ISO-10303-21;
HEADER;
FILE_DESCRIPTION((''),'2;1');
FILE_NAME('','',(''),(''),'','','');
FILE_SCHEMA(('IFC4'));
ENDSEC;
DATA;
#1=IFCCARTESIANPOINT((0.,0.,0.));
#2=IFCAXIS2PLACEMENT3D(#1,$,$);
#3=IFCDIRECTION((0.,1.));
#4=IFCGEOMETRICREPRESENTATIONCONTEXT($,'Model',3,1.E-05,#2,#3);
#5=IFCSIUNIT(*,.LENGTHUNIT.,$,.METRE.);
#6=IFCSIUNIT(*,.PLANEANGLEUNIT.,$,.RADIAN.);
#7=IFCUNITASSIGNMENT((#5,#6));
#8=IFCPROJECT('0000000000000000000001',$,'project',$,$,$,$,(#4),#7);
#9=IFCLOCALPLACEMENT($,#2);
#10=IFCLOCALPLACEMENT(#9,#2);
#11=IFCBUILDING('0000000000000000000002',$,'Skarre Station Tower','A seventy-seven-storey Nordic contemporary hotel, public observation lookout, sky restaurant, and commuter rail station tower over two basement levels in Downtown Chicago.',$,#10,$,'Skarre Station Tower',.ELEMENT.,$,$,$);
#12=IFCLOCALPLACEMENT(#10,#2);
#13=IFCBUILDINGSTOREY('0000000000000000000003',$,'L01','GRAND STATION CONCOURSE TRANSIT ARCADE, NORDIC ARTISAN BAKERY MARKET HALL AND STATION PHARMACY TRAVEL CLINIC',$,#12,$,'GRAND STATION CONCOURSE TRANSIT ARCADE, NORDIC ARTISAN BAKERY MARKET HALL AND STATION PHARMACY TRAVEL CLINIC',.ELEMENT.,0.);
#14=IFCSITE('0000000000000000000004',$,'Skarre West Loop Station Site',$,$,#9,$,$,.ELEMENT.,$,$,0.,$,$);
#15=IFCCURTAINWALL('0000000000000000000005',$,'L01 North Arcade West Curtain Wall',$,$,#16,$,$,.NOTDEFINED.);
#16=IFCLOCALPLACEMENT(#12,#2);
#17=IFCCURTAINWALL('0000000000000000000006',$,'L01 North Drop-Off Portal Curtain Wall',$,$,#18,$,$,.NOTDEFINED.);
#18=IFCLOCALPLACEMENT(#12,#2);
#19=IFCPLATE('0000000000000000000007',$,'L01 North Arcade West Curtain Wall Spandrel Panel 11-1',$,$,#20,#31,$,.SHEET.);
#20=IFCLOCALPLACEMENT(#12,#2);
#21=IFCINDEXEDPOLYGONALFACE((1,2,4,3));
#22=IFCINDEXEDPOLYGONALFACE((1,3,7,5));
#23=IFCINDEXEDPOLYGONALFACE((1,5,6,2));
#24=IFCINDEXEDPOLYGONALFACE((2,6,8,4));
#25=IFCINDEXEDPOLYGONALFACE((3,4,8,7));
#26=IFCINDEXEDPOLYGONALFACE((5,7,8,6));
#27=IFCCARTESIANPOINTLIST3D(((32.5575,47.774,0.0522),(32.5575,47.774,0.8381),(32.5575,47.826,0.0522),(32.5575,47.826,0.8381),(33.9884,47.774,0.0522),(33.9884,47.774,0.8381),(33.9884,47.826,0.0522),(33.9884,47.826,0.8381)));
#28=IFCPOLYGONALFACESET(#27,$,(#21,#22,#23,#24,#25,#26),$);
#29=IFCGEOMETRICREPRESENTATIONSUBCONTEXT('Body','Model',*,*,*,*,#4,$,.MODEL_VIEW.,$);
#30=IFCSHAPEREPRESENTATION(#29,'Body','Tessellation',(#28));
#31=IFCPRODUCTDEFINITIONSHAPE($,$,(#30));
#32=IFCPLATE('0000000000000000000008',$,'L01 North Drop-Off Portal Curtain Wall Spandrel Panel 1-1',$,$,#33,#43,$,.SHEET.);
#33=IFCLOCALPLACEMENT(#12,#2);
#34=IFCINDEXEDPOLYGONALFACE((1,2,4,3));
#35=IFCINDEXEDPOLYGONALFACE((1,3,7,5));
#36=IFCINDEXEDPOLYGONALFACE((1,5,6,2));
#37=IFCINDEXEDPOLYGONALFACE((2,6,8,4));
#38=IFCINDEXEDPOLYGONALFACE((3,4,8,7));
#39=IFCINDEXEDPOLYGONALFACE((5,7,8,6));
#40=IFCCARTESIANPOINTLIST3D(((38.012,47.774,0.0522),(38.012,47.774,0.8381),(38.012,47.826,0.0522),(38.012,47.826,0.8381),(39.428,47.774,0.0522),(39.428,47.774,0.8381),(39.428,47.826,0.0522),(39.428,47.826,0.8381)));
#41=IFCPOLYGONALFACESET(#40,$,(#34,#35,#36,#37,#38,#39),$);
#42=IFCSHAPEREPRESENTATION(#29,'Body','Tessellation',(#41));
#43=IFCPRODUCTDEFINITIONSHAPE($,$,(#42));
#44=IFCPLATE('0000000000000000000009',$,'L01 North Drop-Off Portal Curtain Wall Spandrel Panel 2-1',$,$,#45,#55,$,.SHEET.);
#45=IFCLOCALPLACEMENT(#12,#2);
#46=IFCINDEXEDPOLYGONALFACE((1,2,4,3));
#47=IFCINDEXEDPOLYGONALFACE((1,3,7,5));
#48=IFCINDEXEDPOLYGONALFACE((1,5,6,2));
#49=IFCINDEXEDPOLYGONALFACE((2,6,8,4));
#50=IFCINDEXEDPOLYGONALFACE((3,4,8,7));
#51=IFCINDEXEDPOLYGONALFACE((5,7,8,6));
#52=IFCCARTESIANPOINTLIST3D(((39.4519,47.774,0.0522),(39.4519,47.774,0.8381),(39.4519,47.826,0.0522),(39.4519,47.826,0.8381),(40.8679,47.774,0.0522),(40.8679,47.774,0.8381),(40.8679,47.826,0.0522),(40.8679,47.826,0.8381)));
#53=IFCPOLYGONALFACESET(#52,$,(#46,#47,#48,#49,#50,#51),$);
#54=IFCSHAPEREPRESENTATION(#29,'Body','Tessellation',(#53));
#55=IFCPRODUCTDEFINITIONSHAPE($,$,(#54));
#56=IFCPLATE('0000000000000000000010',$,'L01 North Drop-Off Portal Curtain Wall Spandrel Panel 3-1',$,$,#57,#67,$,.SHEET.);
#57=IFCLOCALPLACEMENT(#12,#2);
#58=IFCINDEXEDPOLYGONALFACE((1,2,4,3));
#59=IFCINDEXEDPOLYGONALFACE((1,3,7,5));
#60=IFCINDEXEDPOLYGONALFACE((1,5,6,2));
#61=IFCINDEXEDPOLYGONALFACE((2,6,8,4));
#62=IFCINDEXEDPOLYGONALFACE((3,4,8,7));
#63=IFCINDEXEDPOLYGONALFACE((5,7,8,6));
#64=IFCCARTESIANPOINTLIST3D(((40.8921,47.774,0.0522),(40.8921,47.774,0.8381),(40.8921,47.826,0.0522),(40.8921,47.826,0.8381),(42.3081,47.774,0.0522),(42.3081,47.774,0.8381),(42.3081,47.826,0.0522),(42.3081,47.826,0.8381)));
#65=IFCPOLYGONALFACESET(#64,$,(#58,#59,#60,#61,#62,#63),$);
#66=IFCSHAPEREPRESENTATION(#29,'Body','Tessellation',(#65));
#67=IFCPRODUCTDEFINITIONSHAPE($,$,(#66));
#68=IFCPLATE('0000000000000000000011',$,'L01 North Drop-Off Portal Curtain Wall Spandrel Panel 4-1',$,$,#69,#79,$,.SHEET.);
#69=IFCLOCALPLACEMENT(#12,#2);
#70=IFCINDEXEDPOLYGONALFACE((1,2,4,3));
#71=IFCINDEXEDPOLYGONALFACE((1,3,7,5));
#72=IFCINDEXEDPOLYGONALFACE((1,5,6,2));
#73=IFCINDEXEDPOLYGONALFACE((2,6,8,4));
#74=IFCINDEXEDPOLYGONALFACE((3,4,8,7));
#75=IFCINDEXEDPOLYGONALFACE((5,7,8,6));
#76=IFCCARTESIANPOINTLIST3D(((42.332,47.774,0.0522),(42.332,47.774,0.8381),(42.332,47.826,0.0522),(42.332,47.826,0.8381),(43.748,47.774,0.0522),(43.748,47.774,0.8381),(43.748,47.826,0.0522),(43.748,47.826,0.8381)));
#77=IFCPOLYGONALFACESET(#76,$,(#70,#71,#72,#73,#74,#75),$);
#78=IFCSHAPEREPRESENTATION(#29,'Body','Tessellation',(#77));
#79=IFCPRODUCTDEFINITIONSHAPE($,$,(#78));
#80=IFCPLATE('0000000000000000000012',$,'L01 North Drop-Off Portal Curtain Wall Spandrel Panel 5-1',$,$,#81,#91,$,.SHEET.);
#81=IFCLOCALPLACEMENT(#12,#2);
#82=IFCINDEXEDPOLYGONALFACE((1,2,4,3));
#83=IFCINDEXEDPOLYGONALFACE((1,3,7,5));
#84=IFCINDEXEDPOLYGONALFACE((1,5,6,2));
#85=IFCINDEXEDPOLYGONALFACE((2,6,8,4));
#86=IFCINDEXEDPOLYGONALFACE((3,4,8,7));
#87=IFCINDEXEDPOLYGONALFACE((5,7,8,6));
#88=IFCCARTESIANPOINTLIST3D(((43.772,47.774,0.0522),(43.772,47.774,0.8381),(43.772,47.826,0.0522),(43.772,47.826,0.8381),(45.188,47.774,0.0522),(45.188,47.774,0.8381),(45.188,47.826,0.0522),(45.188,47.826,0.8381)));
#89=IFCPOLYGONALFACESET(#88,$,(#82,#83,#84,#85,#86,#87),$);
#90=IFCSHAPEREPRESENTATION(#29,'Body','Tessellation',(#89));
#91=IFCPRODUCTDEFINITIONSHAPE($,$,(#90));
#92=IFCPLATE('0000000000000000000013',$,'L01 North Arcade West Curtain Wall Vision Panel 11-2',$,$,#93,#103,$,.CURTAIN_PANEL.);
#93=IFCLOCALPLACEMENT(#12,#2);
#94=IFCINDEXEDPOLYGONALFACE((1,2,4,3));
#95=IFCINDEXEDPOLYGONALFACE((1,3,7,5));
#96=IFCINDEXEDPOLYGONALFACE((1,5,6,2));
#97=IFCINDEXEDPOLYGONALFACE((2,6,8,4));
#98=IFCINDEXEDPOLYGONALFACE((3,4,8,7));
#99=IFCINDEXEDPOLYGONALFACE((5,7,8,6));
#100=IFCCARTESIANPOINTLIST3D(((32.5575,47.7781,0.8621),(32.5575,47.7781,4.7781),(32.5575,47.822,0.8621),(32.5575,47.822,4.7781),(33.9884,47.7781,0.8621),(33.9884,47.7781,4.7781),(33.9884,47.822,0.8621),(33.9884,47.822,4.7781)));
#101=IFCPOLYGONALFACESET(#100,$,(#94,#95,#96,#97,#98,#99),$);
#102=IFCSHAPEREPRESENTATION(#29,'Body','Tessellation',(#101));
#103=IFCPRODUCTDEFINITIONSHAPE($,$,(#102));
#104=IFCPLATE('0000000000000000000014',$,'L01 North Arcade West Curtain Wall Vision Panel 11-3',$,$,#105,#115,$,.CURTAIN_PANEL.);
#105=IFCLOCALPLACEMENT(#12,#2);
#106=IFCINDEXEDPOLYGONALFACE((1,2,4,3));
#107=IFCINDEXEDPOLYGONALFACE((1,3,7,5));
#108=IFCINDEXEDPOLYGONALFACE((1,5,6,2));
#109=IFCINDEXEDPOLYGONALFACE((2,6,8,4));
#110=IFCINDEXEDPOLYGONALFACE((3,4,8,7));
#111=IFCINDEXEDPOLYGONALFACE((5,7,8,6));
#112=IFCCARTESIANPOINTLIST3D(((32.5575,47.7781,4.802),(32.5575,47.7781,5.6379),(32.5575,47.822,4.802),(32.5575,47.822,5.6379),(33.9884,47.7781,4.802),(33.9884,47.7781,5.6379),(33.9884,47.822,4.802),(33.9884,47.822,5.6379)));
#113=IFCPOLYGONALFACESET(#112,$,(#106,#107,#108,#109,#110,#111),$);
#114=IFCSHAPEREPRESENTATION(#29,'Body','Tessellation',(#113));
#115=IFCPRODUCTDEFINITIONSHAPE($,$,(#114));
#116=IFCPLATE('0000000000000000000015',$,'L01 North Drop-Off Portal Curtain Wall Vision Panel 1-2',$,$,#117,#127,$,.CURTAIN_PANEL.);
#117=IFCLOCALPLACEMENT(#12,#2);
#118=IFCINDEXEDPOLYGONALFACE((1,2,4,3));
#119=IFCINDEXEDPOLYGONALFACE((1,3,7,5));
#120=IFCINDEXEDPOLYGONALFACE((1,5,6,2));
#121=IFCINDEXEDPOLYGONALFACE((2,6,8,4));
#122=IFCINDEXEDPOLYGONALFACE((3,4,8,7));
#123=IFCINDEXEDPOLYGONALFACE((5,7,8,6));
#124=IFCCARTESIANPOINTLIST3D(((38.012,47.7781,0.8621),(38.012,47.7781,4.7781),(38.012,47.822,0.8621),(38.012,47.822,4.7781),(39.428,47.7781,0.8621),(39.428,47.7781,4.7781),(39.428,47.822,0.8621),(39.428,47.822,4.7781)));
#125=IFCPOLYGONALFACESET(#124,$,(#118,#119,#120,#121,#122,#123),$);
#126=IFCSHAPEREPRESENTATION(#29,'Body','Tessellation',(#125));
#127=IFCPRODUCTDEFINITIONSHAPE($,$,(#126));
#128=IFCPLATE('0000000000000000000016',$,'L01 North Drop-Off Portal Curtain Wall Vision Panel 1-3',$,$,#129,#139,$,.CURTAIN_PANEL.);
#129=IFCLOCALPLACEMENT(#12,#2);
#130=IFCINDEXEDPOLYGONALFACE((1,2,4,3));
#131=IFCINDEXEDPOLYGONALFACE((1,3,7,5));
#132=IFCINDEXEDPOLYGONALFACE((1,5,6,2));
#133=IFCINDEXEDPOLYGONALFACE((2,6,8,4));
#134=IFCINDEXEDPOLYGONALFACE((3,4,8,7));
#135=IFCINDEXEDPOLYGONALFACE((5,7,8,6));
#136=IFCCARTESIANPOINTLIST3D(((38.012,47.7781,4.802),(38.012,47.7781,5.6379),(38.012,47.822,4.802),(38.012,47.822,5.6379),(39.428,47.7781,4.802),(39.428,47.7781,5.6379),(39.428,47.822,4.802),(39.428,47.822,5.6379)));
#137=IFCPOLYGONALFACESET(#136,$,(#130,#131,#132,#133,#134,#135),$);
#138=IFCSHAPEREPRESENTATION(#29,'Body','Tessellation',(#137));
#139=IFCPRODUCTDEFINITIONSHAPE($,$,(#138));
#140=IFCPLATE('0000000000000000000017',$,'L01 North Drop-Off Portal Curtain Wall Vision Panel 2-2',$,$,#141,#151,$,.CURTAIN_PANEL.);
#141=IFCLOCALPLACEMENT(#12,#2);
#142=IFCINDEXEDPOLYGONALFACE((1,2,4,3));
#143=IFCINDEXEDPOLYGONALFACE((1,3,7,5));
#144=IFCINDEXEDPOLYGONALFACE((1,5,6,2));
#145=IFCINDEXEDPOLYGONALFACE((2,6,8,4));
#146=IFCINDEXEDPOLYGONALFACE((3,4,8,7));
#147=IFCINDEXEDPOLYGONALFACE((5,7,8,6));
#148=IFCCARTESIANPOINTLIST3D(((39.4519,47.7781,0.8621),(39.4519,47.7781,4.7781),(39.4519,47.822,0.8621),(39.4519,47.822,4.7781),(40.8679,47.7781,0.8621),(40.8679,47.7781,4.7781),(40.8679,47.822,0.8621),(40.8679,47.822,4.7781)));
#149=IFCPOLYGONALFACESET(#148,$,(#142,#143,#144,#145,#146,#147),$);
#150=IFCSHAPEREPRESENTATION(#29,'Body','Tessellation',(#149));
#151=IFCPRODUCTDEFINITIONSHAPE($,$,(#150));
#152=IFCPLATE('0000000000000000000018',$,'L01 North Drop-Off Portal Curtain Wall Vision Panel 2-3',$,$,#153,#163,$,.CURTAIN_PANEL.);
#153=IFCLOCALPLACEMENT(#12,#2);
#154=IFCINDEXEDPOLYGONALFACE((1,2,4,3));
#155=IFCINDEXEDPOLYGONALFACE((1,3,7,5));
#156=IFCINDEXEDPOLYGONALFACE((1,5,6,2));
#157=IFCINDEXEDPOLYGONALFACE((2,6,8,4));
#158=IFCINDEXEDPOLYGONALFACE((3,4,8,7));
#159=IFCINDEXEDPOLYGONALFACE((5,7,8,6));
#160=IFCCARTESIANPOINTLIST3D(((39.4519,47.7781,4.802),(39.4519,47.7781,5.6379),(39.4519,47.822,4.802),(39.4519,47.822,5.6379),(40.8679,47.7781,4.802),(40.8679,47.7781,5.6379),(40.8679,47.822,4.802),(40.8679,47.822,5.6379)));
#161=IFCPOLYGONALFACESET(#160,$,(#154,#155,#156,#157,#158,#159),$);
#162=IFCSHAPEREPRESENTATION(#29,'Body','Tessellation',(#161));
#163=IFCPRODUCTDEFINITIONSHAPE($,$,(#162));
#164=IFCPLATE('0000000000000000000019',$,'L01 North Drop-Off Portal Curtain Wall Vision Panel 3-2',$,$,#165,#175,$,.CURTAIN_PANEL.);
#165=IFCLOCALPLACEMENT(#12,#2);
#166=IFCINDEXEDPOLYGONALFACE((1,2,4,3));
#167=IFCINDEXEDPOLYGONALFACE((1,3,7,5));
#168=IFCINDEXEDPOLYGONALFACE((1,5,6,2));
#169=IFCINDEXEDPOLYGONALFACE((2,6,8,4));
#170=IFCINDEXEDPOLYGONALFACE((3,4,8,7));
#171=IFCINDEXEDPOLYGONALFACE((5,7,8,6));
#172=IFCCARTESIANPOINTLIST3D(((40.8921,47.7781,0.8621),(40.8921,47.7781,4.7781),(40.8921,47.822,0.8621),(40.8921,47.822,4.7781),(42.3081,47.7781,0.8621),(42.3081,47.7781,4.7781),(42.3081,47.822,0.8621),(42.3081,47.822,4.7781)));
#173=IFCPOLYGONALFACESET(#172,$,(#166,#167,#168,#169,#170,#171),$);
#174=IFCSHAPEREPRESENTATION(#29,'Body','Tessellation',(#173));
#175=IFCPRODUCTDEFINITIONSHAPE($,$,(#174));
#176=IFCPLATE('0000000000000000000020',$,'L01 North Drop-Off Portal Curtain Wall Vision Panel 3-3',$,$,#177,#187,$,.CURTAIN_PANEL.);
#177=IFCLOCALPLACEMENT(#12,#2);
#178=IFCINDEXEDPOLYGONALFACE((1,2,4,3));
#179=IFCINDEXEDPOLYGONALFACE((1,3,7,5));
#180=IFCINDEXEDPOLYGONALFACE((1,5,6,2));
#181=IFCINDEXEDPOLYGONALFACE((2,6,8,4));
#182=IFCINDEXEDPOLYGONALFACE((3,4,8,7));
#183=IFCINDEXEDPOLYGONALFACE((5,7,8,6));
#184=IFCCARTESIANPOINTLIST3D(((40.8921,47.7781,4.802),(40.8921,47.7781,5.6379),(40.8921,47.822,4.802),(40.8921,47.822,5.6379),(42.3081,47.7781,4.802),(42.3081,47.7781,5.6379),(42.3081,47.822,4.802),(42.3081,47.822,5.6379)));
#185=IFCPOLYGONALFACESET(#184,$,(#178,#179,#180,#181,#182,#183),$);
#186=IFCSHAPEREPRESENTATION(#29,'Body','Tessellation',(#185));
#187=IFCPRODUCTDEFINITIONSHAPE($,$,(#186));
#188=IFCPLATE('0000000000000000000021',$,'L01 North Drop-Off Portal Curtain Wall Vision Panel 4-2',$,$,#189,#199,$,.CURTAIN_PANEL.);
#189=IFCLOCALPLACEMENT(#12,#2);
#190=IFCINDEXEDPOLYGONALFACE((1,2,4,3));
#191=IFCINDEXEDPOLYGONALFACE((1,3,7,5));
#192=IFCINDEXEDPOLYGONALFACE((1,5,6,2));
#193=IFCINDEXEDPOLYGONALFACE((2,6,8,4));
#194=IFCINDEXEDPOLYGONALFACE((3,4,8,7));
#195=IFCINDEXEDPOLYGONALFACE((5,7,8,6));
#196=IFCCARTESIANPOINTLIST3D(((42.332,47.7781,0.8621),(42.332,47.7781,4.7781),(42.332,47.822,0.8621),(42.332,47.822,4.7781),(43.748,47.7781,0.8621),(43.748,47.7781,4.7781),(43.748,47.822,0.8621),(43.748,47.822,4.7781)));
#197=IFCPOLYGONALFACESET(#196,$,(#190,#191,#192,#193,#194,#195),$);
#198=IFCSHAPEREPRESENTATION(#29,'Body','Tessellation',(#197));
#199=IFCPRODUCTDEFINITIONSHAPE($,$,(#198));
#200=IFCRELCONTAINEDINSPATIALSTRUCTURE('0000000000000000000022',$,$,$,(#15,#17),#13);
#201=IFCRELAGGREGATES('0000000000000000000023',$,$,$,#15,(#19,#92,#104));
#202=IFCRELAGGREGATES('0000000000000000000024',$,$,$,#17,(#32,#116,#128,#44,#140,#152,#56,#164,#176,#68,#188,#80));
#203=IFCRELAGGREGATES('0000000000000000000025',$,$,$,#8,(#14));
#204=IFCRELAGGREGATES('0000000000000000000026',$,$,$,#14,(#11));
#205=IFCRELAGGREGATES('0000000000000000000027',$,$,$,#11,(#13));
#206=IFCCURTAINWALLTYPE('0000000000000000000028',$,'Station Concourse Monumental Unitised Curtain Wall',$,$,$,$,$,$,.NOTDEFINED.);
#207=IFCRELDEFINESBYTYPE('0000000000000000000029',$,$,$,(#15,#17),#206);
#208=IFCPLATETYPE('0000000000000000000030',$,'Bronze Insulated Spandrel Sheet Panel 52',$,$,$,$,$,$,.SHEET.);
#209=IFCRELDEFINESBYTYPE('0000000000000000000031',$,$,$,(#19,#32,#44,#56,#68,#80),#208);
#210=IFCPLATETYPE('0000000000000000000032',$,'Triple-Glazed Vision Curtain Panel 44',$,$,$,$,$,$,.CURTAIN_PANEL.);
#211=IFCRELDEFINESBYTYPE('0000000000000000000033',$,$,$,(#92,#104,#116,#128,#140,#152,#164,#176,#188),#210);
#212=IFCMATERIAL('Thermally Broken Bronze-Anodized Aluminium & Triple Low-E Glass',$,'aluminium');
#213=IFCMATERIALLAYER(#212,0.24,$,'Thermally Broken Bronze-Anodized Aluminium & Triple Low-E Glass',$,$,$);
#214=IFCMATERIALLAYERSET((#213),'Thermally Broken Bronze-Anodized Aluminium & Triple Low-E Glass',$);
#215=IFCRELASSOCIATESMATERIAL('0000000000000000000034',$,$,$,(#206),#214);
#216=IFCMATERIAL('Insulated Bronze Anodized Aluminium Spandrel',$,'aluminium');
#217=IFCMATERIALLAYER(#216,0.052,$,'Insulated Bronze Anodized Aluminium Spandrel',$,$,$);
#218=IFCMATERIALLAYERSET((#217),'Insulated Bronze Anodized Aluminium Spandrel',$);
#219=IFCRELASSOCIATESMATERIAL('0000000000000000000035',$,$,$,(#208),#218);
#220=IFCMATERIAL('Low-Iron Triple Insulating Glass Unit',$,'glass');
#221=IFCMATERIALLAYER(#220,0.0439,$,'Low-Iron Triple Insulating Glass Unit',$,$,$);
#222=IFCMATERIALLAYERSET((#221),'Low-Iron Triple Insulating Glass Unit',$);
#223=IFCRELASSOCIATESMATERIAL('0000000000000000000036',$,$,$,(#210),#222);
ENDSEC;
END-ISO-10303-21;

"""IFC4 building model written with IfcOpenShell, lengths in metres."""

from ifc_helpers import new_model, si_unit, direction, frame, origin, origin_2d, place, context, subcontext, project, spatial, rectangle, extrude, material, layer, layer_set, type_object, element, aggregate, save


model = new_model("IFC4")

# Units and contexts
model_context = context("Model", 3, precision=1e-05, world=origin(), true_north=direction((0.0, 1.0)))
body_context = subcontext(model_context, "Body", "Model", "MODEL_VIEW")
ifc_project = project(units=[si_unit("LENGTHUNIT", "METRE"), si_unit("PLANEANGLEUNIT", "RADIAN")], contexts=[model_context])

# Site, building, storey
site_placement = place(None, origin())
site = spatial("IfcSite", under=ifc_project, at=site_placement, Name="Skarre West Loop Station Site", CompositionType="ELEMENT", RefElevation=0.0)
building_placement = place(site_placement, origin())
building = spatial("IfcBuilding", under=site, at=building_placement, Name="Skarre Station Tower", Description="A seventy-seven-storey Nordic contemporary hotel, public observation lookout, sky restaurant, and commuter rail station tower over two basement levels in Downtown Chicago.", LongName="Skarre Station Tower", CompositionType="ELEMENT")
storey_placement = place(building_placement, origin())
storey = spatial("IfcBuildingStorey", under=building, at=storey_placement, Name="L01", Description="GRAND STATION CONCOURSE TRANSIT ARCADE, NORDIC ARTISAN BAKERY MARKET HALL AND STATION PHARMACY TRAVEL CLINIC", LongName="GRAND STATION CONCOURSE TRANSIT ARCADE, NORDIC ARTISAN BAKERY MARKET HALL AND STATION PHARMACY TRAVEL CLINIC", CompositionType="ELEMENT", Elevation=0.0)

# Curtain walls
ifc_material_1 = material(Name="Thermally Broken Bronze-Anodized Aluminium & Triple Low-E Glass", Category="aluminium")
ifc_layer_1 = layer(ifc_material_1, 0.24, Name="Thermally Broken Bronze-Anodized Aluminium & Triple Low-E Glass")
ifc_layer_set_1 = layer_set([ifc_layer_1], Name="Thermally Broken Bronze-Anodized Aluminium & Triple Low-E Glass")
curtain_wall_type = type_object("IfcCurtainWallType", Name="Station Concourse Monumental Unitised Curtain Wall", PredefinedType="NOTDEFINED", material=ifc_layer_set_1)
curtain_wall_1_placement = place(storey_placement, origin())
curtain_wall_1 = element("IfcCurtainWall", 1, at=curtain_wall_1_placement, inside=storey, type_object=curtain_wall_type, Name="L01 North Arcade West Curtain Wall", PredefinedType="NOTDEFINED")
curtain_wall_2_placement = place(storey_placement, origin())
curtain_wall_2 = element("IfcCurtainWall", 2, at=curtain_wall_2_placement, inside=storey, type_object=curtain_wall_type, Name="L01 North Drop-Off Portal Curtain Wall", PredefinedType="NOTDEFINED")

# Plates
ifc_material_2 = material(Name="Insulated Bronze Anodized Aluminium Spandrel", Category="aluminium")
ifc_layer_2 = layer(ifc_material_2, 0.052, Name="Insulated Bronze Anodized Aluminium Spandrel")
ifc_layer_set_2 = layer_set([ifc_layer_2], Name="Insulated Bronze Anodized Aluminium Spandrel")
plate_type_1 = type_object("IfcPlateType", Name="Bronze Insulated Spandrel Sheet Panel 52", PredefinedType="SHEET", material=ifc_layer_set_2)
plate_1_placement = place(storey_placement, frame((33.2729, 47.8, 0.0522), z_axis=(0.0, 0.0, 1.0), x_axis=(1.0, 0.0, 0.0)))
plate_1 = element("IfcPlate", 3, at=plate_1_placement, type_object=plate_type_1, Name="L01 North Arcade West Curtain Wall Spandrel Panel 11-1", PredefinedType="SHEET", context=body_context, shape_type="SweptSolid", body=[
    extrude(rectangle(XDim=1.4309, YDim=0.052, at=origin_2d()), origin(), (0.0, 0.0, 1.0), 0.7859),
])
plate_2_placement = place(storey_placement, frame((38.72, 47.8, 0.0522), z_axis=(0.0, 0.0, 1.0), x_axis=(1.0, 0.0, 0.0)))
plate_2 = element("IfcPlate", 4, at=plate_2_placement, type_object=plate_type_1, Name="L01 North Drop-Off Portal Curtain Wall Spandrel Panel 1-1", PredefinedType="SHEET", context=body_context, shape_type="SweptSolid", body=[
    extrude(rectangle(XDim=1.416, YDim=0.052, at=origin_2d()), origin(), (0.0, 0.0, 1.0), 0.7859),
])
plate_3_placement = place(storey_placement, frame((40.1599, 47.8, 0.0522), z_axis=(0.0, 0.0, 1.0), x_axis=(1.0, 0.0, 0.0)))
plate_3 = element("IfcPlate", 5, at=plate_3_placement, type_object=plate_type_1, Name="L01 North Drop-Off Portal Curtain Wall Spandrel Panel 2-1", PredefinedType="SHEET", context=body_context, shape_type="SweptSolid", body=[
    extrude(rectangle(XDim=1.416, YDim=0.052, at=origin_2d()), origin(), (0.0, 0.0, 1.0), 0.7859),
])
plate_4_placement = place(storey_placement, frame((41.6001, 47.8, 0.0522), z_axis=(0.0, 0.0, 1.0), x_axis=(1.0, 0.0, 0.0)))
plate_4 = element("IfcPlate", 6, at=plate_4_placement, type_object=plate_type_1, Name="L01 North Drop-Off Portal Curtain Wall Spandrel Panel 3-1", PredefinedType="SHEET", context=body_context, shape_type="SweptSolid", body=[
    extrude(rectangle(XDim=1.416, YDim=0.052, at=origin_2d()), origin(), (0.0, 0.0, 1.0), 0.7859),
])
plate_5_placement = place(storey_placement, frame((43.04, 47.8, 0.0522), z_axis=(0.0, 0.0, 1.0), x_axis=(1.0, 0.0, 0.0)))
plate_5 = element("IfcPlate", 7, at=plate_5_placement, type_object=plate_type_1, Name="L01 North Drop-Off Portal Curtain Wall Spandrel Panel 4-1", PredefinedType="SHEET", context=body_context, shape_type="SweptSolid", body=[
    extrude(rectangle(XDim=1.416, YDim=0.052, at=origin_2d()), origin(), (0.0, 0.0, 1.0), 0.7859),
])
plate_6_placement = place(storey_placement, frame((44.48, 47.8, 0.0522), z_axis=(0.0, 0.0, 1.0), x_axis=(1.0, 0.0, 0.0)))
plate_6 = element("IfcPlate", 8, at=plate_6_placement, type_object=plate_type_1, Name="L01 North Drop-Off Portal Curtain Wall Spandrel Panel 5-1", PredefinedType="SHEET", context=body_context, shape_type="SweptSolid", body=[
    extrude(rectangle(XDim=1.416, YDim=0.052, at=origin_2d()), origin(), (0.0, 0.0, 1.0), 0.7859),
])
ifc_material_3 = material(Name="Low-Iron Triple Insulating Glass Unit", Category="glass")
ifc_layer_3 = layer(ifc_material_3, 0.0439, Name="Low-Iron Triple Insulating Glass Unit")
ifc_layer_set_3 = layer_set([ifc_layer_3], Name="Low-Iron Triple Insulating Glass Unit")
plate_type_2 = type_object("IfcPlateType", Name="Triple-Glazed Vision Curtain Panel 44", PredefinedType="CURTAIN_PANEL", material=ifc_layer_set_3)
plate_7_placement = place(storey_placement, frame((33.2729, 47.8, 0.8621), z_axis=(0.0, 0.0, 1.0), x_axis=(1.0, 0.0, 0.0)))
plate_7 = element("IfcPlate", 9, at=plate_7_placement, type_object=plate_type_2, Name="L01 North Arcade West Curtain Wall Vision Panel 11-2", PredefinedType="CURTAIN_PANEL", context=body_context, shape_type="SweptSolid", body=[
    extrude(rectangle(XDim=1.4309, YDim=0.0439, at=origin_2d()), origin(), (0.0, 0.0, 1.0), 3.916),
])
plate_8_placement = place(storey_placement, frame((33.2729, 47.8, 4.802), z_axis=(0.0, 0.0, 1.0), x_axis=(1.0, 0.0, 0.0)))
plate_8 = element("IfcPlate", 10, at=plate_8_placement, type_object=plate_type_2, Name="L01 North Arcade West Curtain Wall Vision Panel 11-3", PredefinedType="CURTAIN_PANEL", context=body_context, shape_type="SweptSolid", body=[
    extrude(rectangle(XDim=1.4309, YDim=0.0439, at=origin_2d()), origin(), (0.0, 0.0, 1.0), 0.8359),
])
aggregate(curtain_wall_1, [plate_1, plate_7, plate_8])
plate_9_placement = place(storey_placement, frame((38.72, 47.8, 0.8621), z_axis=(0.0, 0.0, 1.0), x_axis=(1.0, 0.0, 0.0)))
plate_9 = element("IfcPlate", 11, at=plate_9_placement, type_object=plate_type_2, Name="L01 North Drop-Off Portal Curtain Wall Vision Panel 1-2", PredefinedType="CURTAIN_PANEL", context=body_context, shape_type="SweptSolid", body=[
    extrude(rectangle(XDim=1.416, YDim=0.0439, at=origin_2d()), origin(), (0.0, 0.0, 1.0), 3.916),
])
plate_10_placement = place(storey_placement, frame((38.72, 47.8, 4.802), z_axis=(0.0, 0.0, 1.0), x_axis=(1.0, 0.0, 0.0)))
plate_10 = element("IfcPlate", 12, at=plate_10_placement, type_object=plate_type_2, Name="L01 North Drop-Off Portal Curtain Wall Vision Panel 1-3", PredefinedType="CURTAIN_PANEL", context=body_context, shape_type="SweptSolid", body=[
    extrude(rectangle(XDim=1.416, YDim=0.0439, at=origin_2d()), origin(), (0.0, 0.0, 1.0), 0.8359),
])
plate_11_placement = place(storey_placement, frame((40.1599, 47.8, 0.8621), z_axis=(0.0, 0.0, 1.0), x_axis=(1.0, 0.0, 0.0)))
plate_11 = element("IfcPlate", 13, at=plate_11_placement, type_object=plate_type_2, Name="L01 North Drop-Off Portal Curtain Wall Vision Panel 2-2", PredefinedType="CURTAIN_PANEL", context=body_context, shape_type="SweptSolid", body=[
    extrude(rectangle(XDim=1.416, YDim=0.0439, at=origin_2d()), origin(), (0.0, 0.0, 1.0), 3.916),
])
plate_12_placement = place(storey_placement, frame((40.1599, 47.8, 4.802), z_axis=(0.0, 0.0, 1.0), x_axis=(1.0, 0.0, 0.0)))
plate_12 = element("IfcPlate", 14, at=plate_12_placement, type_object=plate_type_2, Name="L01 North Drop-Off Portal Curtain Wall Vision Panel 2-3", PredefinedType="CURTAIN_PANEL", context=body_context, shape_type="SweptSolid", body=[
    extrude(rectangle(XDim=1.416, YDim=0.0439, at=origin_2d()), origin(), (0.0, 0.0, 1.0), 0.8359),
])
plate_13_placement = place(storey_placement, frame((41.6001, 47.8, 0.8621), z_axis=(0.0, 0.0, 1.0), x_axis=(1.0, 0.0, 0.0)))
plate_13 = element("IfcPlate", 15, at=plate_13_placement, type_object=plate_type_2, Name="L01 North Drop-Off Portal Curtain Wall Vision Panel 3-2", PredefinedType="CURTAIN_PANEL", context=body_context, shape_type="SweptSolid", body=[
    extrude(rectangle(XDim=1.416, YDim=0.0439, at=origin_2d()), origin(), (0.0, 0.0, 1.0), 3.916),
])
plate_14_placement = place(storey_placement, frame((41.6001, 47.8, 4.802), z_axis=(0.0, 0.0, 1.0), x_axis=(1.0, 0.0, 0.0)))
plate_14 = element("IfcPlate", 16, at=plate_14_placement, type_object=plate_type_2, Name="L01 North Drop-Off Portal Curtain Wall Vision Panel 3-3", PredefinedType="CURTAIN_PANEL", context=body_context, shape_type="SweptSolid", body=[
    extrude(rectangle(XDim=1.416, YDim=0.0439, at=origin_2d()), origin(), (0.0, 0.0, 1.0), 0.8359),
])
plate_15_placement = place(storey_placement, frame((43.04, 47.8, 0.8621), z_axis=(0.0, 0.0, 1.0), x_axis=(1.0, 0.0, 0.0)))
plate_15 = element("IfcPlate", 17, at=plate_15_placement, type_object=plate_type_2, Name="L01 North Drop-Off Portal Curtain Wall Vision Panel 4-2", PredefinedType="CURTAIN_PANEL", context=body_context, shape_type="SweptSolid", body=[
    extrude(rectangle(XDim=1.416, YDim=0.0439, at=origin_2d()), origin(), (0.0, 0.0, 1.0), 3.916),
])
aggregate(curtain_wall_2, [plate_2, plate_9, plate_10, plate_3, plate_11, plate_12, plate_4, plate_13, plate_14, plate_5, plate_15, plate_6])

save(model, "model.ifc")
